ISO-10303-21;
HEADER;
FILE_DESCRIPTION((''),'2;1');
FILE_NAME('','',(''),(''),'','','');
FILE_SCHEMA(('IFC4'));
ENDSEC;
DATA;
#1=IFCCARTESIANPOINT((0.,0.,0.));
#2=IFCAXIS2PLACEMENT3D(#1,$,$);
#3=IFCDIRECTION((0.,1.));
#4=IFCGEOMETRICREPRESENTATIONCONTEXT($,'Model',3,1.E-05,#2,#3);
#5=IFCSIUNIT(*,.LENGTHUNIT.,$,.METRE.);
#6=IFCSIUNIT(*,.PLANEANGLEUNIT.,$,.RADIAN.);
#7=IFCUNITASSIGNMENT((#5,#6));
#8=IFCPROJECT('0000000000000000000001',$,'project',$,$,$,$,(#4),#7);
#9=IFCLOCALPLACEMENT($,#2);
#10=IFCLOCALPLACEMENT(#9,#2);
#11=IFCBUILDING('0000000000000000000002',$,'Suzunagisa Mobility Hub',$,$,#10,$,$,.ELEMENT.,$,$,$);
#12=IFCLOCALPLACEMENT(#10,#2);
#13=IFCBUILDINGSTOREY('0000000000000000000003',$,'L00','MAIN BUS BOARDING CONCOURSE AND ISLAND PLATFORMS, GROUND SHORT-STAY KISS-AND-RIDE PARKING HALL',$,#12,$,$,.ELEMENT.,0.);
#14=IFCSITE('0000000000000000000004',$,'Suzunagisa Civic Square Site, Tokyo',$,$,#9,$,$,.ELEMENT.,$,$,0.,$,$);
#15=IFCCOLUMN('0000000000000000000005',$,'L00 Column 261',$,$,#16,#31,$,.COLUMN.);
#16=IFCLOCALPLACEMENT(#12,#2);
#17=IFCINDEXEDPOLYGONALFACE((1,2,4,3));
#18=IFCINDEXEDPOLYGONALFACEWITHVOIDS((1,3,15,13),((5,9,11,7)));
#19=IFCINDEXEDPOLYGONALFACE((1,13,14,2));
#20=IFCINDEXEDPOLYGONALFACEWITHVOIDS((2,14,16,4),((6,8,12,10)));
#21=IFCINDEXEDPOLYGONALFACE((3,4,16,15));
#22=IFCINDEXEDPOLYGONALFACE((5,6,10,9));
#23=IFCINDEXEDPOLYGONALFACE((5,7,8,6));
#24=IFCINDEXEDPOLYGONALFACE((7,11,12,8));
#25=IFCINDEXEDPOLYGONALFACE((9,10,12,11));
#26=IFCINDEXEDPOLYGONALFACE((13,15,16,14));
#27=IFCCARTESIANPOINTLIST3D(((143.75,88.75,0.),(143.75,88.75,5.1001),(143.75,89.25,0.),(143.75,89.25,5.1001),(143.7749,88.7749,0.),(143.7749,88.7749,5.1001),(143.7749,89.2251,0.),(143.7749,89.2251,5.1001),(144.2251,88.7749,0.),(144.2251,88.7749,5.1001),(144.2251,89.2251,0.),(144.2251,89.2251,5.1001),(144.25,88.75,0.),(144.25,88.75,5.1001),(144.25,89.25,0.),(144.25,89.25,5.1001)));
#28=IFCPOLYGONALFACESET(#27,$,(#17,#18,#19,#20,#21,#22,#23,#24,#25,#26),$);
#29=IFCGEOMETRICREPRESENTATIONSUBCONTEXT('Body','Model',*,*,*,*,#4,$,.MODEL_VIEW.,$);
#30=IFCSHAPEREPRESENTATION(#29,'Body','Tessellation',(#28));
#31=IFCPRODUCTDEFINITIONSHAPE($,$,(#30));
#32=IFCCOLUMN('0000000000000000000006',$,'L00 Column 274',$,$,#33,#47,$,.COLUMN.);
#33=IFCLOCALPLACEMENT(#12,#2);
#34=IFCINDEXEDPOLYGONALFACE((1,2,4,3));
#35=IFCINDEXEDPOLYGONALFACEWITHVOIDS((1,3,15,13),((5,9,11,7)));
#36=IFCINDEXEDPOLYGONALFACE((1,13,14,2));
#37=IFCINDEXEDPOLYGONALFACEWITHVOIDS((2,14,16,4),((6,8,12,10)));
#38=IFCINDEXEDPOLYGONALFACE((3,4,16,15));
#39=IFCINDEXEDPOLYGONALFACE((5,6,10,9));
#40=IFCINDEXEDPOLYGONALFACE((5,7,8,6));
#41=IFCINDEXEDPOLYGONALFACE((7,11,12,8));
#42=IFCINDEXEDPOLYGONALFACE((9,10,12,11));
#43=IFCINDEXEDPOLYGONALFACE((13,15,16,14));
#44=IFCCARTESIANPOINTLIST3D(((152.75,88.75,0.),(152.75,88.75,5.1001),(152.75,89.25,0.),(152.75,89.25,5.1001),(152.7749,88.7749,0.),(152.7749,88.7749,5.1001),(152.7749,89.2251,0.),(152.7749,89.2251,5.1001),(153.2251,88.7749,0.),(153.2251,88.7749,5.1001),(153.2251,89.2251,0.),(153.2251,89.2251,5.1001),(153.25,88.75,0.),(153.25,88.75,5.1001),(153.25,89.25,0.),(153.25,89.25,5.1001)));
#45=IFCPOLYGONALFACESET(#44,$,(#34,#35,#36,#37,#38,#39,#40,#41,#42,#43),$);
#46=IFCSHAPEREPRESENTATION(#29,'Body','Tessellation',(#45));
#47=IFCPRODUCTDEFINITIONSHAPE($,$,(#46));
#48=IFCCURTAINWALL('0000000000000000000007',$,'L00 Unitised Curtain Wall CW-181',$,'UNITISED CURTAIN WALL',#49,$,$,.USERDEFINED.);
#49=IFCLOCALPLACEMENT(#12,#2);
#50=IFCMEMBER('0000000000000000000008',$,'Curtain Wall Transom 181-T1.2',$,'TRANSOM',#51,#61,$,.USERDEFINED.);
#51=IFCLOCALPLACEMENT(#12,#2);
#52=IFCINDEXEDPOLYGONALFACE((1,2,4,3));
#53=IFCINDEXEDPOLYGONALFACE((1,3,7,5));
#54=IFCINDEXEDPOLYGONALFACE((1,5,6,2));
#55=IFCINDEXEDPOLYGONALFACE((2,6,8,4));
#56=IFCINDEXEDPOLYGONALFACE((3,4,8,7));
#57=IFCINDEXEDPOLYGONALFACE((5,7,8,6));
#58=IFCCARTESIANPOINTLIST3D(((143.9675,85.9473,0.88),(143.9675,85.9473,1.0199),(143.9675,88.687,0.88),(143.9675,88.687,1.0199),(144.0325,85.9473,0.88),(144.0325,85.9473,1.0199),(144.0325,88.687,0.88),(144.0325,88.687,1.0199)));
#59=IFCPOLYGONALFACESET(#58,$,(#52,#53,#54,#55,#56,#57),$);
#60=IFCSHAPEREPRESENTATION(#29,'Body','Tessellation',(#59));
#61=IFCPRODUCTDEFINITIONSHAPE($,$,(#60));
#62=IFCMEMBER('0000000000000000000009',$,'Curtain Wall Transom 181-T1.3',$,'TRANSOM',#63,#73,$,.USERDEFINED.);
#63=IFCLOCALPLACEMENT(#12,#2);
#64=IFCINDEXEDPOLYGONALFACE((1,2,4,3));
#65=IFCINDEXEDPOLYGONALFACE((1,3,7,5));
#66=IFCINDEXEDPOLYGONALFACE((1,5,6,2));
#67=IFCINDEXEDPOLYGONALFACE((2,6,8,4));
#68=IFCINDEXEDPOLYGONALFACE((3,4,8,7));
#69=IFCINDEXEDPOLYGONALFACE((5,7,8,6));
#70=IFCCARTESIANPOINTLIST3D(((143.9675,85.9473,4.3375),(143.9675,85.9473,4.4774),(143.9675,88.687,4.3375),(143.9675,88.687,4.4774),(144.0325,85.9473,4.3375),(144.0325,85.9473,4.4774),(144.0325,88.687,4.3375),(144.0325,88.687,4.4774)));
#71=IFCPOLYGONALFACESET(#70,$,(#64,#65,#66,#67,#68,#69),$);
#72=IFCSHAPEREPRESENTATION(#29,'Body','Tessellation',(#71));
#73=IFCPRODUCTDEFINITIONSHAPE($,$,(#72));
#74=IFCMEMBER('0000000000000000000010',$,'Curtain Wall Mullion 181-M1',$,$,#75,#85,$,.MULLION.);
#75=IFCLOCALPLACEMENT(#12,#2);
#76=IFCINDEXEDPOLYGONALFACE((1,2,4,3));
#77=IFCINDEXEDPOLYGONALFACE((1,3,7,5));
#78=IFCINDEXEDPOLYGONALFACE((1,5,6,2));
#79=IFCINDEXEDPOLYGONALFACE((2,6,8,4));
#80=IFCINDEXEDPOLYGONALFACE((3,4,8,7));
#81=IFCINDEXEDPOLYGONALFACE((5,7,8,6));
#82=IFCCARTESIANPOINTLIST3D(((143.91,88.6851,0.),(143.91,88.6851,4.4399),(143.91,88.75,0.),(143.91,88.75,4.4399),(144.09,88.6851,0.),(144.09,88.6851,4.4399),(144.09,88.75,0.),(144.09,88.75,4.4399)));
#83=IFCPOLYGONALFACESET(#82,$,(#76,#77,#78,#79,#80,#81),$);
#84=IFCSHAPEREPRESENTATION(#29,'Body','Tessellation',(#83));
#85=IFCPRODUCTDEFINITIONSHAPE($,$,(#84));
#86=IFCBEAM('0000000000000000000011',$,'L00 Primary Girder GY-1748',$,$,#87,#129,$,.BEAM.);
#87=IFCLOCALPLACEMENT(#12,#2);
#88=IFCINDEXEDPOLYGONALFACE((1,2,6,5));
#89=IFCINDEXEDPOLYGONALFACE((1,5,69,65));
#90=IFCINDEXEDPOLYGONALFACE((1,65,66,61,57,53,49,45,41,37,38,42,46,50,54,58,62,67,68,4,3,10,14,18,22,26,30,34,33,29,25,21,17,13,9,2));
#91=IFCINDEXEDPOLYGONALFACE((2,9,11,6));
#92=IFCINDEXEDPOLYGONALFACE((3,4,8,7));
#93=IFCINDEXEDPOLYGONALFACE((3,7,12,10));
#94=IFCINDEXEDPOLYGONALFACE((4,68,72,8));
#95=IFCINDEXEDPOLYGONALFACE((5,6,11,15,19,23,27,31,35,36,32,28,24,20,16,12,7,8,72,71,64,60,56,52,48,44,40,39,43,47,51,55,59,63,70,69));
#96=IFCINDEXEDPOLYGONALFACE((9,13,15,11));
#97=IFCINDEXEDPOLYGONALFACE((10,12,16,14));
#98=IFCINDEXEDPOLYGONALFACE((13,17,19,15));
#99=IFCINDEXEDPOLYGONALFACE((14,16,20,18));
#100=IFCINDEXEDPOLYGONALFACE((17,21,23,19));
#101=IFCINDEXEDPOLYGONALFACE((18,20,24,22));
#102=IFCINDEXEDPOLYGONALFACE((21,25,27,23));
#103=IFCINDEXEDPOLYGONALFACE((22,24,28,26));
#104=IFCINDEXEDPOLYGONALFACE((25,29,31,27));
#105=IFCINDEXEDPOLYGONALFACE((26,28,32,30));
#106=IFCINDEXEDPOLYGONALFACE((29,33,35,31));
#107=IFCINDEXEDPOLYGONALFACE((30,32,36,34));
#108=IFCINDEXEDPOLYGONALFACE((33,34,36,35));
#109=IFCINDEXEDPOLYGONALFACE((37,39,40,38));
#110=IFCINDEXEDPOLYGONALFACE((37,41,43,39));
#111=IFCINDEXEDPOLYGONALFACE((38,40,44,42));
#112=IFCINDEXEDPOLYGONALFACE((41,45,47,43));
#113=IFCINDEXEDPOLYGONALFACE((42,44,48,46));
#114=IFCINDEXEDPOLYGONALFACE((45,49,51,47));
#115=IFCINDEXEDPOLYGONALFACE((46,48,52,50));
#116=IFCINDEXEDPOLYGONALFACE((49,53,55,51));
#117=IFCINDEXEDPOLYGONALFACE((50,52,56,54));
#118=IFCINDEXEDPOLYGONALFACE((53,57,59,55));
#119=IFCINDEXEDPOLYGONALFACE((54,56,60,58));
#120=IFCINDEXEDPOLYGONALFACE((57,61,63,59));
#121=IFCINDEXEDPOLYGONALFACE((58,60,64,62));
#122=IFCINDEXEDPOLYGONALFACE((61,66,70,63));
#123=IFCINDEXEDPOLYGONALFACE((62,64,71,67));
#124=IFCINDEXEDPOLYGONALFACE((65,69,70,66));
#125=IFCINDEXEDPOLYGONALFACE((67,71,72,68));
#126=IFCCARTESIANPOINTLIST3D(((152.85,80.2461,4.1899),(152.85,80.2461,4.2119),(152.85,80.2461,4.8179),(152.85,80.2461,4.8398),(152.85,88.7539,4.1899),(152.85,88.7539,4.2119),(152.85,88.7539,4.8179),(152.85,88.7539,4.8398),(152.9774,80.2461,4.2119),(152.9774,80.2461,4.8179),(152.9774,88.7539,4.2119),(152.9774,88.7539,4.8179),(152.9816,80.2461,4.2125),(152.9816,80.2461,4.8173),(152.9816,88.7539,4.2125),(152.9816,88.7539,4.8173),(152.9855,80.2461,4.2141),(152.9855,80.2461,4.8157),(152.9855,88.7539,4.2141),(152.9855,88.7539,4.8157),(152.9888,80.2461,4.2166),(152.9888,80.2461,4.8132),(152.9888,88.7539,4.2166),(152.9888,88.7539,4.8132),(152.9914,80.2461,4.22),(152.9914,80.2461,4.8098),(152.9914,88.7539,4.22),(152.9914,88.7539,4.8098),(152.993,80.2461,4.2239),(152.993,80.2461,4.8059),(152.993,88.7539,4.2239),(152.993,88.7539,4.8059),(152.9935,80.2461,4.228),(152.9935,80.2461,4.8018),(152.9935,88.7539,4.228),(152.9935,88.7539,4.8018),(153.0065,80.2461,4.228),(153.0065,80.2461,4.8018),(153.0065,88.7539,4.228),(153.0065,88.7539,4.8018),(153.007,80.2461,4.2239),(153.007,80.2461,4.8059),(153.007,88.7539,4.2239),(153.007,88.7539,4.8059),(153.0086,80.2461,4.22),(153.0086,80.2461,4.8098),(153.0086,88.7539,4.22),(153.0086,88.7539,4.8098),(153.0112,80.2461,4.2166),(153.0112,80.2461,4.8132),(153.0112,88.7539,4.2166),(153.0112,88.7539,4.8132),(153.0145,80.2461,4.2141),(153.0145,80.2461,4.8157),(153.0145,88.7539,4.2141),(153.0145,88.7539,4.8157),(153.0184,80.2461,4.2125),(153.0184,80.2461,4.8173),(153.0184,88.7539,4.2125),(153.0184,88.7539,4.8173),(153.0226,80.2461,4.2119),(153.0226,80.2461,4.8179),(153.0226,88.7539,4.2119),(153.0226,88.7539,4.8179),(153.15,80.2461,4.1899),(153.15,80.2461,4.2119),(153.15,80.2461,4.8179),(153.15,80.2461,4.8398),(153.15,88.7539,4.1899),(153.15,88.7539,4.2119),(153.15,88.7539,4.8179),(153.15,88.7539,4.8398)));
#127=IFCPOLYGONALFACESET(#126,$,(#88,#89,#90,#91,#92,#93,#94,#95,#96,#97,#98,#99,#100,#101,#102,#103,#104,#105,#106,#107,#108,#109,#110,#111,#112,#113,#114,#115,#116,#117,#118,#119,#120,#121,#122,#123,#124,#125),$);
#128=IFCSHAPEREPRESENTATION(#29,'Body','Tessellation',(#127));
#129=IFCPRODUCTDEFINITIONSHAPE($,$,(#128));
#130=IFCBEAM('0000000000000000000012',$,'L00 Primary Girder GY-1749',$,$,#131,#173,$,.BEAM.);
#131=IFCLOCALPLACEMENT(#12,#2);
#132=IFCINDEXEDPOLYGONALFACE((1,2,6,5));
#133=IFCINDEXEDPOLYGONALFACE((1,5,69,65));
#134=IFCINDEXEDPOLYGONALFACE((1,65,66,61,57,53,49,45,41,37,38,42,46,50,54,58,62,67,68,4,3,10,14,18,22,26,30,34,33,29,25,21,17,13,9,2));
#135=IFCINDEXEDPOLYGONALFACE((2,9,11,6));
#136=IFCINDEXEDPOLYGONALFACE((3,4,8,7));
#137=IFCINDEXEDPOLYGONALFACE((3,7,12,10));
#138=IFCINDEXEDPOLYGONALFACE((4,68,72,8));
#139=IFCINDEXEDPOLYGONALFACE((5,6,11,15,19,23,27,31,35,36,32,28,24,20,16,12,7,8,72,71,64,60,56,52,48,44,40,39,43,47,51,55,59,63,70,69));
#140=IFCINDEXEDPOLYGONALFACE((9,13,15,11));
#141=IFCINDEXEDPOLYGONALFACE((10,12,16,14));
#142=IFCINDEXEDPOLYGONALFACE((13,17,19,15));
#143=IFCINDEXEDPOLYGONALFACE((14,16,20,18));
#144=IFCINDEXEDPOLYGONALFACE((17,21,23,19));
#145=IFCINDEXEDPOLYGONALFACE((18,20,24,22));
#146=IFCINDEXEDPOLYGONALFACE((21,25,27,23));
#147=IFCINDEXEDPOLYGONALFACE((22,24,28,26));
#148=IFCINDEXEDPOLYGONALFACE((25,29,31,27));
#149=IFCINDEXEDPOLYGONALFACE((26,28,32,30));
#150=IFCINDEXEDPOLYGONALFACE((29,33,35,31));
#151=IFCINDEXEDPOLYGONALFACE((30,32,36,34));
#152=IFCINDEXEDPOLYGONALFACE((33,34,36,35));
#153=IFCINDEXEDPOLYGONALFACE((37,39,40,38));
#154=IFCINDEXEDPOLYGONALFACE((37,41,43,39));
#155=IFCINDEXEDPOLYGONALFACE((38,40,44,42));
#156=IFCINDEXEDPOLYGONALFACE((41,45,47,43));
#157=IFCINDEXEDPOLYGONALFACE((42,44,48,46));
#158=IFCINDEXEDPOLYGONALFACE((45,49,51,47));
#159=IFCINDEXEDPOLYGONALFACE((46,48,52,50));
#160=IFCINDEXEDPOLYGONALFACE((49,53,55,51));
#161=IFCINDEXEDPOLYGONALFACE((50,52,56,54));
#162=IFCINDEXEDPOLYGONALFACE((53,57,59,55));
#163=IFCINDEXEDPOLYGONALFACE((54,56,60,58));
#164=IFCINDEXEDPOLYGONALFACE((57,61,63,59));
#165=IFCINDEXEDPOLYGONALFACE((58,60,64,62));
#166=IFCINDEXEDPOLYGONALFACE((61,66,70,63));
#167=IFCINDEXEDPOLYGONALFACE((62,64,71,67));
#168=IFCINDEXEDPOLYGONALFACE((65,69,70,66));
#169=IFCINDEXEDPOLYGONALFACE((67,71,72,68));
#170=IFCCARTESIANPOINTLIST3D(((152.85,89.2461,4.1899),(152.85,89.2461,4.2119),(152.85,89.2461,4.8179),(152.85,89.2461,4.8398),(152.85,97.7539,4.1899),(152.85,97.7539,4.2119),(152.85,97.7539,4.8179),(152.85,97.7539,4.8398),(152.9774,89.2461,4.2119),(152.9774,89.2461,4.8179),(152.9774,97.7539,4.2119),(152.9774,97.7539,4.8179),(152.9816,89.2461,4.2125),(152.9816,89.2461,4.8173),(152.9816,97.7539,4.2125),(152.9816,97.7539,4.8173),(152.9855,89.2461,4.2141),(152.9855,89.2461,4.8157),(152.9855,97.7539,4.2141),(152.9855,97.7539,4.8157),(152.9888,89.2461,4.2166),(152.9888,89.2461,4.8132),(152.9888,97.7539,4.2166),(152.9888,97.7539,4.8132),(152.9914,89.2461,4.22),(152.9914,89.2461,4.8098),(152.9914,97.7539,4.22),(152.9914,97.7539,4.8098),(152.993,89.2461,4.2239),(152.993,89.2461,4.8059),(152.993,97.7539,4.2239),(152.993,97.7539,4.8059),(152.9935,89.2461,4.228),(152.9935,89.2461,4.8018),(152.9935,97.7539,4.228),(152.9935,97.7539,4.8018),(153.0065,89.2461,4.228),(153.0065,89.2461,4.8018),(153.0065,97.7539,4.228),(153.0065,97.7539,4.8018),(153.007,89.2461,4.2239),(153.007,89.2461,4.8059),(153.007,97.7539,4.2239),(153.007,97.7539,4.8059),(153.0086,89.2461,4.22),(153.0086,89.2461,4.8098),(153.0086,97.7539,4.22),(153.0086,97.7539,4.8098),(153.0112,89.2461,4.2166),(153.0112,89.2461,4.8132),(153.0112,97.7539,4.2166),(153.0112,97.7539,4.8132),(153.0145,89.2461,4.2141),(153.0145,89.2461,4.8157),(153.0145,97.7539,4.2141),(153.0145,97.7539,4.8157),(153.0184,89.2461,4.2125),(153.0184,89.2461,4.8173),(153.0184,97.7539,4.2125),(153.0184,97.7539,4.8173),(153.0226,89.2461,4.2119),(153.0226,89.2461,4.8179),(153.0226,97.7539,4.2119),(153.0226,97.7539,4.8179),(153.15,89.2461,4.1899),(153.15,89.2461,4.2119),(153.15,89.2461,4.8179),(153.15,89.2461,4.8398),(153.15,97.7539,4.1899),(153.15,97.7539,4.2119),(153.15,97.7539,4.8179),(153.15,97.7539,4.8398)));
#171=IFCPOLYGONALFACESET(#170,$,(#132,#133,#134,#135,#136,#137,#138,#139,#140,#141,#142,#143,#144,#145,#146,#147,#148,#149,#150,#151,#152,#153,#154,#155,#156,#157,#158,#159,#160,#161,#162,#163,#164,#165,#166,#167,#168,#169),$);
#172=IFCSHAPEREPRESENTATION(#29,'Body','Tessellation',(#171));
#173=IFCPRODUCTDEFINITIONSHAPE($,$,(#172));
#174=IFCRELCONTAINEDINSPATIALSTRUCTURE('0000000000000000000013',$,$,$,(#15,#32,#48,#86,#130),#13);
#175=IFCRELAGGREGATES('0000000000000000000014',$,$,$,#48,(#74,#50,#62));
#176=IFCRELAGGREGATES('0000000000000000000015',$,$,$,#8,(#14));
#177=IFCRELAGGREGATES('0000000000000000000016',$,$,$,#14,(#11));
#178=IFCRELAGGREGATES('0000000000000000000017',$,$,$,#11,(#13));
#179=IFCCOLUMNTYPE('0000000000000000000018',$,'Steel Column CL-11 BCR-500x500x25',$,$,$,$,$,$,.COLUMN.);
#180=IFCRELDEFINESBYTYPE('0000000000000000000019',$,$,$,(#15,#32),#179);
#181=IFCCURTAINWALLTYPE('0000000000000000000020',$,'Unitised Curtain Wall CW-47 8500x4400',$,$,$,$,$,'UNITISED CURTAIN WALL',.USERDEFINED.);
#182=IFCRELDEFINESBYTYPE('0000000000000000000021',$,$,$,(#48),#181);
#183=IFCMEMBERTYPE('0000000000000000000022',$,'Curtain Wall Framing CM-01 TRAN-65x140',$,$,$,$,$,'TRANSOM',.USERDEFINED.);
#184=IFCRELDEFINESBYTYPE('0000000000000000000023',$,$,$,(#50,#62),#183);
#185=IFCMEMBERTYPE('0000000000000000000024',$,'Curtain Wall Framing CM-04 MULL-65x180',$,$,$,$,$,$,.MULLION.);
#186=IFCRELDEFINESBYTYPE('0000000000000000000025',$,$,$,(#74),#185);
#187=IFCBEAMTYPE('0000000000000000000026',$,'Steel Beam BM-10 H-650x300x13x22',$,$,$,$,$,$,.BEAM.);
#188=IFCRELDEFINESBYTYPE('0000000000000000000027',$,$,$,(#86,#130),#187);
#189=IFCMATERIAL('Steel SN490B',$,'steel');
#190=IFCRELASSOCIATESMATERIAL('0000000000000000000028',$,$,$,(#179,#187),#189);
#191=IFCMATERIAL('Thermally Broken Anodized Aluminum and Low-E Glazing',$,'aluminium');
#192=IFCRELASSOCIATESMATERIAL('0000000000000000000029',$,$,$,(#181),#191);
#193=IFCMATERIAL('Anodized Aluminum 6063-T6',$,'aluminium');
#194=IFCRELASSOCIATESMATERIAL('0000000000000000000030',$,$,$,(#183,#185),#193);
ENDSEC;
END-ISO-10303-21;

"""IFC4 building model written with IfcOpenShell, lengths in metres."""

from ifc_helpers import new_model, si_unit, direction, frame, origin, origin_2d, place, context, subcontext, project, spatial, rectangle, hollow_rectangle, i_section, extrude, material, material_profile, profile_set, type_object, element, aggregate, save


model = new_model("IFC4")

# Units and contexts
model_context = context("Model", 3, precision=1e-05, world=origin(), true_north=direction((0.0, 1.0)))
body_context = subcontext(model_context, "Body", "Model", "MODEL_VIEW")
ifc_project = project(units=[si_unit("LENGTHUNIT", "METRE"), si_unit("PLANEANGLEUNIT", "RADIAN")], contexts=[model_context])

# Site, building, storey
site_placement = place(None, origin())
site = spatial("IfcSite", under=ifc_project, at=site_placement, Name="Suzunagisa Civic Square Site, Tokyo", CompositionType="ELEMENT", RefElevation=0.0)
building_placement = place(site_placement, origin())
building = spatial("IfcBuilding", under=site, at=building_placement, Name="Suzunagisa Mobility Hub", CompositionType="ELEMENT")
storey_placement = place(building_placement, origin())
storey = spatial("IfcBuildingStorey", under=building, at=storey_placement, Name="L00", Description="MAIN BUS BOARDING CONCOURSE AND ISLAND PLATFORMS, GROUND SHORT-STAY KISS-AND-RIDE PARKING HALL", CompositionType="ELEMENT", Elevation=0.0)

# Columns
ifc_material_1 = material(Name="Steel SN490B", Category="steel")
ifc_material_profile_1 = material_profile(ifc_material_1, hollow_rectangle(XDim=0.5, YDim=0.5, WallThickness=0.0249, at=origin_2d()), Name="BCR-500x500x25")
ifc_profile_set_1 = profile_set([ifc_material_profile_1], Name="Steel SN490B")
column_type = type_object("IfcColumnType", Name="Steel Column CL-11 BCR-500x500x25", PredefinedType="COLUMN", material=ifc_profile_set_1)
for number, where, z_axis, x_axis, name in (
    (1, (144.0, 89.0, 0.0), (0.0, 0.0, 1.0), (1.0, 0.0, 0.0), "L00 Column 261"),
    (2, (153.0, 89.0, 0.0), (0.0, 0.0, 1.0), (1.0, 0.0, 0.0), "L00 Column 274"),
):
    element("IfcColumn", number, at=place(storey_placement, frame(where, z_axis=z_axis, x_axis=x_axis)), inside=storey, type_object=column_type, Name=name, PredefinedType="COLUMN", context=body_context, shape_type="SweptSolid", body=[
        extrude(hollow_rectangle(XDim=0.5, YDim=0.5, WallThickness=0.0249, at=origin_2d()), origin(), (0.0, 0.0, 1.0), 5.1001),
    ])

# Curtain wall, members
ifc_material_2 = material(Name="Thermally Broken Anodized Aluminum and Low-E Glazing", Category="aluminium")
curtain_wall_type = type_object("IfcCurtainWallType", Name="Unitised Curtain Wall CW-47 8500x4400", ElementType="UNITISED CURTAIN WALL", PredefinedType="USERDEFINED", material=ifc_material_2)
curtain_wall_placement = place(storey_placement, origin())
curtain_wall = element("IfcCurtainWall", 3, at=curtain_wall_placement, inside=storey, type_object=curtain_wall_type, Name="L00 Unitised Curtain Wall CW-181", ObjectType="UNITISED CURTAIN WALL", PredefinedType="USERDEFINED")
ifc_material_3 = material(Name="Anodized Aluminum 6063-T6", Category="aluminium")
ifc_material_profile_2 = material_profile(ifc_material_3, rectangle(XDim=0.0649, YDim=0.1399, at=origin_2d()), Name="TRAN-65x140")
ifc_profile_set_2 = profile_set([ifc_material_profile_2], Name="Anodized Aluminum 6063-T6")
member_type_1 = type_object("IfcMemberType", Name="Curtain Wall Framing CM-01 TRAN-65x140", ElementType="TRANSOM", PredefinedType="USERDEFINED", material=ifc_profile_set_2)
member_1_placement = place(storey_placement, frame((144.0, 88.687, 0.95), z_axis=(0.0, -1.0, 0.0), x_axis=(1.0, 0.0, 0.0)))
member_1 = element("IfcMember", 4, at=member_1_placement, type_object=member_type_1, Name="Curtain Wall Transom 181-T1.2", ObjectType="TRANSOM", PredefinedType="USERDEFINED", context=body_context, shape_type="SweptSolid", body=[
    extrude(rectangle(XDim=0.0649, YDim=0.1399, at=origin_2d()), origin(), (0.0, 0.0, 1.0), 2.7397),
])
member_2_placement = place(storey_placement, frame((144.0, 88.687, 4.4075), z_axis=(0.0, -1.0, 0.0), x_axis=(1.0, 0.0, 0.0)))
member_2 = element("IfcMember", 5, at=member_2_placement, type_object=member_type_1, Name="Curtain Wall Transom 181-T1.3", ObjectType="TRANSOM", PredefinedType="USERDEFINED", context=body_context, shape_type="SweptSolid", body=[
    extrude(rectangle(XDim=0.0649, YDim=0.1399, at=origin_2d()), origin(), (0.0, 0.0, 1.0), 2.7397),
])
ifc_material_profile_3 = material_profile(ifc_material_3, rectangle(XDim=0.0649, YDim=0.1799, at=origin_2d()), Name="MULL-65x180")
ifc_profile_set_3 = profile_set([ifc_material_profile_3], Name="Anodized Aluminum 6063-T6")
member_type_2 = type_object("IfcMemberType", Name="Curtain Wall Framing CM-04 MULL-65x180", PredefinedType="MULLION", material=ifc_profile_set_3)
member_3_placement = place(storey_placement, frame((144.0, 88.7175, 0.0), z_axis=(0.0, 0.0, 1.0), x_axis=(0.0, -1.0, 0.0)))
member_3 = element("IfcMember", 6, at=member_3_placement, type_object=member_type_2, Name="Curtain Wall Mullion 181-M1", PredefinedType="MULLION", context=body_context, shape_type="SweptSolid", body=[
    extrude(rectangle(XDim=0.0649, YDim=0.1799, at=origin_2d()), origin(), (0.0, 0.0, 1.0), 4.4399),
])
aggregate(curtain_wall, [member_3, member_1, member_2])

# Beams
ifc_material_profile_4 = material_profile(ifc_material_1, i_section(OverallWidth=0.3, OverallDepth=0.6499, WebThickness=0.0129, FlangeThickness=0.022, FilletRadius=0.0161, at=origin_2d()), Name="H-650x300x13x22")
ifc_profile_set_4 = profile_set([ifc_material_profile_4], Name="Steel SN490B")
beam_type_1 = type_object("IfcBeamType", Name="Steel Beam BM-10 H-650x300x13x22", PredefinedType="BEAM", material=ifc_profile_set_4)
for number, where, z_axis, x_axis, name in (
    (7, (153.0, 80.2461, 4.5149), (0.0, 1.0, 0.0), (-1.0, 0.0, 0.0), "L00 Primary Girder GY-1748"),
    (8, (153.0, 89.2461, 4.5149), (0.0, 1.0, 0.0), (-1.0, 0.0, 0.0), "L00 Primary Girder GY-1749"),
):
    element("IfcBeam", number, at=place(storey_placement, frame(where, z_axis=z_axis, x_axis=x_axis)), inside=storey, type_object=beam_type_1, Name=name, PredefinedType="BEAM", context=body_context, shape_type="SweptSolid", body=[
        extrude(i_section(OverallWidth=0.3, OverallDepth=0.6499, WebThickness=0.0129, FlangeThickness=0.022, FilletRadius=0.0161, at=origin_2d()), origin(), (0.0, 0.0, 1.0), 8.5078),
    ])

save(model, "model.ifc")
